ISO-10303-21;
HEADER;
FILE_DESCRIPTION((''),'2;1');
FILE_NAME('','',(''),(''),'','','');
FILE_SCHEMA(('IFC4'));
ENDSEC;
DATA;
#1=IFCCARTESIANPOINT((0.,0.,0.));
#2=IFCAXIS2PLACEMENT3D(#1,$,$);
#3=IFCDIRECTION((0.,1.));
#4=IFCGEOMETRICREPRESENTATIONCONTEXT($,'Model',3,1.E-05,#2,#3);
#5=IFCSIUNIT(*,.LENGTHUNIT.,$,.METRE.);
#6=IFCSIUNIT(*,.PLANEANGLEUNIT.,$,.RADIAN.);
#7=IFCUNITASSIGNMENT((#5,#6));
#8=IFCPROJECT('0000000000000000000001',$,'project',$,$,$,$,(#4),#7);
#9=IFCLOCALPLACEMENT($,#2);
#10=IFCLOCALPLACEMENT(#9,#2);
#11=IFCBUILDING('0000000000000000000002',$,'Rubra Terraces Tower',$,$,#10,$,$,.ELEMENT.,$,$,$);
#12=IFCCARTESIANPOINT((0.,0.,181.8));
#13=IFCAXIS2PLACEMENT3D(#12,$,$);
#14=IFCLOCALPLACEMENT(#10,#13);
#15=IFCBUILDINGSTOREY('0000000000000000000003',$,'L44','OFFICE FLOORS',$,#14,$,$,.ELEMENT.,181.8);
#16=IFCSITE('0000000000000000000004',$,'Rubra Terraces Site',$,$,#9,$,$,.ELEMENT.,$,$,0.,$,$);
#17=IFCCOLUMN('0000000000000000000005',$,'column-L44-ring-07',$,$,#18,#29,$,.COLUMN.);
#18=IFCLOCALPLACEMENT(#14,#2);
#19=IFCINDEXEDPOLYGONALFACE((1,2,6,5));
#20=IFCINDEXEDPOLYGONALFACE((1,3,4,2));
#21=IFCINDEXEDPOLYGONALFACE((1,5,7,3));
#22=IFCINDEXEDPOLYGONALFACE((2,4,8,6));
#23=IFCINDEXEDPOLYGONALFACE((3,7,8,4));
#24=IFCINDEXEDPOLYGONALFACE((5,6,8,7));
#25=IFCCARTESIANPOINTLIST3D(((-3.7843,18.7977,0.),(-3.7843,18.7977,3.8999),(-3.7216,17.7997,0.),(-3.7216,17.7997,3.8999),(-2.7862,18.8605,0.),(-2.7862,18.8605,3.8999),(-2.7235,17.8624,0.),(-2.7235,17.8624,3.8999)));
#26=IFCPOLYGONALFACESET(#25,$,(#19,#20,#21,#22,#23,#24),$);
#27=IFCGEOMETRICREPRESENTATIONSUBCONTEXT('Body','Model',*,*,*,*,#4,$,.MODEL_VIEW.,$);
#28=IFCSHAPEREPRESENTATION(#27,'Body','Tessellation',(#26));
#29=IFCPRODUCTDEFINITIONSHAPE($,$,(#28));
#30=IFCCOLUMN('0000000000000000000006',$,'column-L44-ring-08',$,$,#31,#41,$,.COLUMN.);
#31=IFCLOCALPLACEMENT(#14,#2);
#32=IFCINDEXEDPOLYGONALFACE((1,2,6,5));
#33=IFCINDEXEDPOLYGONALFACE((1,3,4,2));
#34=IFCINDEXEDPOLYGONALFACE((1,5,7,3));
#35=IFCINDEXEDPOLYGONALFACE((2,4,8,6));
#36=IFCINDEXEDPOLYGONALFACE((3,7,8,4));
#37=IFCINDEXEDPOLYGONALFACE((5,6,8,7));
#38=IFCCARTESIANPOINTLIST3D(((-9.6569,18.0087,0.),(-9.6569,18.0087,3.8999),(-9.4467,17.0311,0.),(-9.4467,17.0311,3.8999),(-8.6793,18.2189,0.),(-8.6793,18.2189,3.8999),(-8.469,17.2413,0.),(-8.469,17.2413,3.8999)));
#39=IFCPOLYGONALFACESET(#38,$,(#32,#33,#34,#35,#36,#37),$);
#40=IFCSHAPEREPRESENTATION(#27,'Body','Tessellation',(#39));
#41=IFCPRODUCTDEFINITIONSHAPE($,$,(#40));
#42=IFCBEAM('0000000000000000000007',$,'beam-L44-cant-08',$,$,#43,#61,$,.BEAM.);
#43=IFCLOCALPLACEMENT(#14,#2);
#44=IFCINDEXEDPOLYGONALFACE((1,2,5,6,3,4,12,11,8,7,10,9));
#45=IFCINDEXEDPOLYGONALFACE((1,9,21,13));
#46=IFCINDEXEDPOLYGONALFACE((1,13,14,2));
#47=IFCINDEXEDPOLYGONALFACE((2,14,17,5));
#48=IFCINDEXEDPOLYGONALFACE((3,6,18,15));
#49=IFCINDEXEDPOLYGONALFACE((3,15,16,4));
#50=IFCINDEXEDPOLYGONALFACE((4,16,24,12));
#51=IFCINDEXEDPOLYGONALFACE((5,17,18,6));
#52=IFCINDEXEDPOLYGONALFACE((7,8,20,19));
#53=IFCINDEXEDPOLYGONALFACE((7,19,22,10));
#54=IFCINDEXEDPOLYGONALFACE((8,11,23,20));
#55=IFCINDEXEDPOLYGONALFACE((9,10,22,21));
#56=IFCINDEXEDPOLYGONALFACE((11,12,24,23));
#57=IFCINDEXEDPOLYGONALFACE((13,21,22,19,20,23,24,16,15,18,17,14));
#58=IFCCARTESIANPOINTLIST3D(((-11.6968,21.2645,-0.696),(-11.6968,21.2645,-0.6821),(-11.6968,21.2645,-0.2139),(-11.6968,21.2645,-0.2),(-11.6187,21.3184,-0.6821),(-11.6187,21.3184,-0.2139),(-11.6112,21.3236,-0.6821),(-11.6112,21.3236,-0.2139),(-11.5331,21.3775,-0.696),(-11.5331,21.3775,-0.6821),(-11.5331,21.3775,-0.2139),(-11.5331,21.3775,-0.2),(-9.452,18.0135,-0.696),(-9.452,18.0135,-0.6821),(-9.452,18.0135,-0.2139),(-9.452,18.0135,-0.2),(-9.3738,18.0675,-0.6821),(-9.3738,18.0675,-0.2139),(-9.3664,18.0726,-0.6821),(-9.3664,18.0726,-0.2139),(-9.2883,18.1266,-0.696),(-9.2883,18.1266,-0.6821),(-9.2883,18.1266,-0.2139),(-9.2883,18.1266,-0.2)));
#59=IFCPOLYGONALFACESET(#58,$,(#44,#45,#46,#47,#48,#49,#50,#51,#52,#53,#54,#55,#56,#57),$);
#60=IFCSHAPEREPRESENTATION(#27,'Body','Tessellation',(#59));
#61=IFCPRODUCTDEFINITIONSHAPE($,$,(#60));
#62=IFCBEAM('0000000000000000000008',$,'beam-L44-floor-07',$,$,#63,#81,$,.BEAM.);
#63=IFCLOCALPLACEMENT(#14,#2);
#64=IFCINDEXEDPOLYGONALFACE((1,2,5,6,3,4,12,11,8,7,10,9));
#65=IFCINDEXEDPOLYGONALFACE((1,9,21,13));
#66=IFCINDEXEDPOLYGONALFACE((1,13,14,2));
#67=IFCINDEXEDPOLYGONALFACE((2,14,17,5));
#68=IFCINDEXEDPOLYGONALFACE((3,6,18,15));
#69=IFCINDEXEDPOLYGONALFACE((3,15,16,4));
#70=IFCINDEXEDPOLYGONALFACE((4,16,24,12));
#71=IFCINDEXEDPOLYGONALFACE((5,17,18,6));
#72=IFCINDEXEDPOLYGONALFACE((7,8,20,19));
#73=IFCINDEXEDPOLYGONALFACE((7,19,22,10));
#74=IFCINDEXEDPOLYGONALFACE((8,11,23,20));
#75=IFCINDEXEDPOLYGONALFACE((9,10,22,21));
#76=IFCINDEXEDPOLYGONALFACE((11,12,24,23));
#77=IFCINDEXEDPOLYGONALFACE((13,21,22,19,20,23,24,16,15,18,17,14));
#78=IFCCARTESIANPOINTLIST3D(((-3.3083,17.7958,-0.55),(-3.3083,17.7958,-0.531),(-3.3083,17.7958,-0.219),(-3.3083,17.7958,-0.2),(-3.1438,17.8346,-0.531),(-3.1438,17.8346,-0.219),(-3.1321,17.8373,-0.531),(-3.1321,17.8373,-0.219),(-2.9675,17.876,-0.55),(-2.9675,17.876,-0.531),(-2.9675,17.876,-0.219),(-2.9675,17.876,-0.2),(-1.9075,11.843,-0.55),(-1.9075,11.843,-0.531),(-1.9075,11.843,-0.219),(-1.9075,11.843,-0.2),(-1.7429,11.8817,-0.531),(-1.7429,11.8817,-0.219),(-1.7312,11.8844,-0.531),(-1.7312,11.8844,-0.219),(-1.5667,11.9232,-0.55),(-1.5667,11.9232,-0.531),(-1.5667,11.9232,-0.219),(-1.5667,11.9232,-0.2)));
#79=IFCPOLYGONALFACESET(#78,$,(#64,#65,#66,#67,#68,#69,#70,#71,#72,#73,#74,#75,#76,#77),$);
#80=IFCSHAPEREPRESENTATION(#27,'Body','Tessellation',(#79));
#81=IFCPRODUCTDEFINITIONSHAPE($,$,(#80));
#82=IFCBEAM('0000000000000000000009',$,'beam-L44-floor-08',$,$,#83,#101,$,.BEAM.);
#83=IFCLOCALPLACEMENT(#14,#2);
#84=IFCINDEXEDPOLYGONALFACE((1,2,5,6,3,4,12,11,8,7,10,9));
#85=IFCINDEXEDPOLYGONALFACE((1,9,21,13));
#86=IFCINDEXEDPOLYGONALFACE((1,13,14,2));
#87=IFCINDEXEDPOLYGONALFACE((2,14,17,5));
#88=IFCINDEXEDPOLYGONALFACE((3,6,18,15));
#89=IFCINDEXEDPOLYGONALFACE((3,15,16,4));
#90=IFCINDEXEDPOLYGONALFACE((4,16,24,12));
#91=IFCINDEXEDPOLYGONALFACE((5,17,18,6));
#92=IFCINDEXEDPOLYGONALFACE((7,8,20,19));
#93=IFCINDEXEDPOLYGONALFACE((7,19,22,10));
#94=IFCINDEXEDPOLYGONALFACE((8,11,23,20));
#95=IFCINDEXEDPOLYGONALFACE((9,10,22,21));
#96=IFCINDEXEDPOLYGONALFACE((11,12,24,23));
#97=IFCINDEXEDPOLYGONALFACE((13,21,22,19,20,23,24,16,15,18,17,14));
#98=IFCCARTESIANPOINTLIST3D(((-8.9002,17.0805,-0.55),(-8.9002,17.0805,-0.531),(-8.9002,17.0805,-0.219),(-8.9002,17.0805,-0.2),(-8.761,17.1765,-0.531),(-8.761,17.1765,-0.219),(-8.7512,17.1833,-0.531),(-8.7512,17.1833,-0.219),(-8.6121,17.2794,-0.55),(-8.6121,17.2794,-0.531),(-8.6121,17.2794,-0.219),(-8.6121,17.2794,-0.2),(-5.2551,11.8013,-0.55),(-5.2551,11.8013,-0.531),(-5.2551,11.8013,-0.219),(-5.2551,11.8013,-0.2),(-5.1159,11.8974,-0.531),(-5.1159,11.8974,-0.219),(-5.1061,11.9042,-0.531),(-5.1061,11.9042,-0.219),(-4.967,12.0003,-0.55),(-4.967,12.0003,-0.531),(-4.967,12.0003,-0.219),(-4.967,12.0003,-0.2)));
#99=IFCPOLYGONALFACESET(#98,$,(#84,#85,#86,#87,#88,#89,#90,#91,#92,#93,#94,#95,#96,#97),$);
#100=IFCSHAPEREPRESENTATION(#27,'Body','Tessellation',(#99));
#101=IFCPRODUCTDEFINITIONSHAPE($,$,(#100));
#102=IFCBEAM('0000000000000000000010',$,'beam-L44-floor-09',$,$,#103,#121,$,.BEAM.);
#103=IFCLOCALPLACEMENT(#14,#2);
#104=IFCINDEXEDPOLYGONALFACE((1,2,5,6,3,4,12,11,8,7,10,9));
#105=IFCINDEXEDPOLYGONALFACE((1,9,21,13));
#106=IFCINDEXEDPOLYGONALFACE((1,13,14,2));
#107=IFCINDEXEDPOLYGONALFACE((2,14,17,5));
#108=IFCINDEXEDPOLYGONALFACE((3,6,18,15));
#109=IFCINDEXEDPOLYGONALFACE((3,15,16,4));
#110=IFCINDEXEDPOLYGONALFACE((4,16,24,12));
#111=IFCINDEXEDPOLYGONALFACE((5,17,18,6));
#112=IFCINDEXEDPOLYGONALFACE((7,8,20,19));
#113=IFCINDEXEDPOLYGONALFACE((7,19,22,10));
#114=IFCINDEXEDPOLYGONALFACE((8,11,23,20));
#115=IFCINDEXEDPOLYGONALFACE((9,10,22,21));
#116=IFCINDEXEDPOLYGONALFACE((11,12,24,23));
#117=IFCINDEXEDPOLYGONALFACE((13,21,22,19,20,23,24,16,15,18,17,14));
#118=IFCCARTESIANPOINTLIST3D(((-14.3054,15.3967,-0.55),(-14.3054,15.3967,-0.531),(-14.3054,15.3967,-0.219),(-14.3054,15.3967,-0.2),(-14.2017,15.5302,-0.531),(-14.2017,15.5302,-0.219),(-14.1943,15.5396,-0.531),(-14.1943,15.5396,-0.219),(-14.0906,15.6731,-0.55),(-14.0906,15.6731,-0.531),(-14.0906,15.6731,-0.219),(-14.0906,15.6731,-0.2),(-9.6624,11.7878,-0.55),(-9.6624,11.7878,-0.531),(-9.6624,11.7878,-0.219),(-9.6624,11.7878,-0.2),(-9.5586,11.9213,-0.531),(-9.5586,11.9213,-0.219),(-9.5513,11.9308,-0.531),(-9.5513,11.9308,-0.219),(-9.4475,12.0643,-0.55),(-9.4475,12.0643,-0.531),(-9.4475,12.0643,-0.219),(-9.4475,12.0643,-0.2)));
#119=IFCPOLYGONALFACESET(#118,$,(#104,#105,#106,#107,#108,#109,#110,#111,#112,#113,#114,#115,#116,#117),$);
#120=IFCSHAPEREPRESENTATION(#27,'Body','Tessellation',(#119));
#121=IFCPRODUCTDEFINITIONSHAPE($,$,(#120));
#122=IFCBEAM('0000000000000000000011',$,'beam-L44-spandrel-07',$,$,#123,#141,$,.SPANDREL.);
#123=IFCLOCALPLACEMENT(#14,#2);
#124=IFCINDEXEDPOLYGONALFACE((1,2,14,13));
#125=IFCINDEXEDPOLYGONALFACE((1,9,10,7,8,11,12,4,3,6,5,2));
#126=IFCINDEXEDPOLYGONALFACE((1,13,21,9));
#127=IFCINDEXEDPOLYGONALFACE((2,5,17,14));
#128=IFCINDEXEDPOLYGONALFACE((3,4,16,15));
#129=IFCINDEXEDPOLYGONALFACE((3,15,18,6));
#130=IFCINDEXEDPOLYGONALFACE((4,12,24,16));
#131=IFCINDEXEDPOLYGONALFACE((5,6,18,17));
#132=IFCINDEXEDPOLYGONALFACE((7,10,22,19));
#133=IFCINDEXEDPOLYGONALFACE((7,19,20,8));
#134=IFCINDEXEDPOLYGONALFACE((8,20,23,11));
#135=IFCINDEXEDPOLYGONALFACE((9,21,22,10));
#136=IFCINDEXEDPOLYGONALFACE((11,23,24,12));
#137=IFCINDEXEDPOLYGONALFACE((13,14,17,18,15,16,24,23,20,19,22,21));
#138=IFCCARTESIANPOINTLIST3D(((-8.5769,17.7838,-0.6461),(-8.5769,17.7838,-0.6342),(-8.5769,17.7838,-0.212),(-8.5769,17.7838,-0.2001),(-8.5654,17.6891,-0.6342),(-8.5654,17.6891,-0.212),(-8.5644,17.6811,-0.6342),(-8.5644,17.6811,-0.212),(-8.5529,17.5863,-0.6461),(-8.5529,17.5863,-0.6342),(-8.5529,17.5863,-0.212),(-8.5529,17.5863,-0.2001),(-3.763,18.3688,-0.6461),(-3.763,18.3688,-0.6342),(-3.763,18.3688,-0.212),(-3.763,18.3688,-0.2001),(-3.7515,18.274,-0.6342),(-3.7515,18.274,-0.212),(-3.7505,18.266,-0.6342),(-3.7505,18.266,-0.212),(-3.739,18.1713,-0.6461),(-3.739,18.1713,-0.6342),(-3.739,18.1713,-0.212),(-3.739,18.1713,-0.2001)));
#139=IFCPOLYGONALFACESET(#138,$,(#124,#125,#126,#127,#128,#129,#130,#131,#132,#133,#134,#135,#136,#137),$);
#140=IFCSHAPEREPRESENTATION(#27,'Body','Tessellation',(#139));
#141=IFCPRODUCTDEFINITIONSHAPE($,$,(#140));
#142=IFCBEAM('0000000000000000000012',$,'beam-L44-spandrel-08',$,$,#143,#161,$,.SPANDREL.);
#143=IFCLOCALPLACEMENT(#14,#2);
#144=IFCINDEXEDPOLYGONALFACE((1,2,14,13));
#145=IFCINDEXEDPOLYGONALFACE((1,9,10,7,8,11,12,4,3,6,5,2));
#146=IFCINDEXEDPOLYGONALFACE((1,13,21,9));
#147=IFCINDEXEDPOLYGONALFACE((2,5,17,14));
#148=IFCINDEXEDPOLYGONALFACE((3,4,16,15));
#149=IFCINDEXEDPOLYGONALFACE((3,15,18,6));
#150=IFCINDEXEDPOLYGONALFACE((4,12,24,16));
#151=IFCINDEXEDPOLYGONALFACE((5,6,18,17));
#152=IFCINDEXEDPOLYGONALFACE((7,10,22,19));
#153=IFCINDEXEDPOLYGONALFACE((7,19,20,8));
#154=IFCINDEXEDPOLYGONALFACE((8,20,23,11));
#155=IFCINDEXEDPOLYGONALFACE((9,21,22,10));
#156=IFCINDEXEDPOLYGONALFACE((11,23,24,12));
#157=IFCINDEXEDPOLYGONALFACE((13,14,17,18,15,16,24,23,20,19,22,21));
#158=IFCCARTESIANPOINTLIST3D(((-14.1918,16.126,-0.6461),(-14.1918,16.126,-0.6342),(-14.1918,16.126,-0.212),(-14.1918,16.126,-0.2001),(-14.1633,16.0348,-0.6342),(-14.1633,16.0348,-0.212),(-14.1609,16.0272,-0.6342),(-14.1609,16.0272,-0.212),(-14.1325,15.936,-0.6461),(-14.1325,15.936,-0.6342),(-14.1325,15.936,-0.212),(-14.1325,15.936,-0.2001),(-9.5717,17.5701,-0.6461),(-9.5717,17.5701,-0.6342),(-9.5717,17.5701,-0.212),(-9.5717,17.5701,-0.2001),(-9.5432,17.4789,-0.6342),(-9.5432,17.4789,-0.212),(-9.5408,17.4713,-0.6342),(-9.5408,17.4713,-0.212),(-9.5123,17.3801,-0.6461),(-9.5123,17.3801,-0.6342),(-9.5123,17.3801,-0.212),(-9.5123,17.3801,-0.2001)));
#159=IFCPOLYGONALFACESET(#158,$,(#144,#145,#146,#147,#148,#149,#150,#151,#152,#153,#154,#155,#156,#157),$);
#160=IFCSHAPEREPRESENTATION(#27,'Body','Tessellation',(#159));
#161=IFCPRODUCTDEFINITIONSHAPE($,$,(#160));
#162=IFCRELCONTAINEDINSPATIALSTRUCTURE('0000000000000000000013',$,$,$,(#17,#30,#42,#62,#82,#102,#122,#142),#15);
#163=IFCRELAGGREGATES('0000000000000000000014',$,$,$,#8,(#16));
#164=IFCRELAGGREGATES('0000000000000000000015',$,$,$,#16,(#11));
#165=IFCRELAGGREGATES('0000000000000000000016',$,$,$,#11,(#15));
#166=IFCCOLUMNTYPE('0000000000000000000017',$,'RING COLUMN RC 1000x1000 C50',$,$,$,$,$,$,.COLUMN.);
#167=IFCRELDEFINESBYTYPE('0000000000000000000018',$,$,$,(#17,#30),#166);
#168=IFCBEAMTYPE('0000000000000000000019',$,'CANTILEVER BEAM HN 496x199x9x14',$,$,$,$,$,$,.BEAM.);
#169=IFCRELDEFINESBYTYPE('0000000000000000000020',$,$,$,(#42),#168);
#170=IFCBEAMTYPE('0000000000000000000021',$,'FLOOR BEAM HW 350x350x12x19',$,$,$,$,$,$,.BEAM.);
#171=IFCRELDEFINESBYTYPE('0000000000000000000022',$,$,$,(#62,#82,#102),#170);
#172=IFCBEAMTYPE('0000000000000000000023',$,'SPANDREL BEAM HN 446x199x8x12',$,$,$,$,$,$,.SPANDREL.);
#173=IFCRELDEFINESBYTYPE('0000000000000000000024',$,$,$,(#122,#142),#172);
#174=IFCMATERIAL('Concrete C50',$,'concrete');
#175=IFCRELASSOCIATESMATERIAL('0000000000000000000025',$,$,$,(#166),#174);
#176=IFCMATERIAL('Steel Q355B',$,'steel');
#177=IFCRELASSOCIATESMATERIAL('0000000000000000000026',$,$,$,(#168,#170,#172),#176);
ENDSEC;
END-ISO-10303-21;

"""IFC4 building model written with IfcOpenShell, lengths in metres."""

from ifc_helpers import new_model, si_unit, direction, frame, origin, origin_2d, place, context, subcontext, project, spatial, rectangle, i_section, extrude, material, material_profile, profile_set, type_object, element, save


model = new_model("IFC4")

# Units and contexts
model_context = context("Model", 3, precision=1e-05, world=origin(), true_north=direction((0.0, 1.0)))
body_context = subcontext(model_context, "Body", "Model", "MODEL_VIEW")
ifc_project = project(units=[si_unit("LENGTHUNIT", "METRE"), si_unit("PLANEANGLEUNIT", "RADIAN")], contexts=[model_context])

# Site, building, storey
site_placement = place(None, origin())
site = spatial("IfcSite", under=ifc_project, at=site_placement, Name="Rubra Terraces Site", CompositionType="ELEMENT", RefElevation=0.0)
building_placement = place(site_placement, origin())
building = spatial("IfcBuilding", under=site, at=building_placement, Name="Rubra Terraces Tower", CompositionType="ELEMENT")
storey_placement = place(building_placement, frame((0.0, 0.0, 181.8)))
storey = spatial("IfcBuildingStorey", under=building, at=storey_placement, Name="L44", Description="OFFICE FLOORS", CompositionType="ELEMENT", Elevation=181.8)

# Columns
ifc_material_1 = material(Name="Concrete C50", Category="concrete")
ifc_material_profile_1 = material_profile(ifc_material_1, rectangle(XDim=1.0, YDim=1.0, at=origin_2d()), Name="RC 1000x1000")
ifc_profile_set_1 = profile_set([ifc_material_profile_1], Name="Concrete C50")
column_type = type_object("IfcColumnType", Name="RING COLUMN RC 1000x1000 C50", PredefinedType="COLUMN", material=ifc_profile_set_1)
for number, where, z_axis, x_axis, name in (
    (1, (-3.2539, 18.3301, 0.0), (0.0, 0.0, 1.0), (-0.998032, -0.062714, 0.0), "column-L44-ring-07"),
    (2, (-9.063, 17.625, 0.0), (0.0, 0.0, 1.0), (-0.977653, -0.210227, 0.0), "column-L44-ring-08"),
):
    element("IfcColumn", number, at=place(storey_placement, frame(where, z_axis=z_axis, x_axis=x_axis)), inside=storey, type_object=column_type, Name=name, PredefinedType="COLUMN", context=body_context, shape_type="SweptSolid", body=[
        extrude(rectangle(XDim=1.0, YDim=1.0, at=origin_2d()), origin(), (0.0, 0.0, 1.0), 3.8999),
    ])

# Beams
ifc_material_2 = material(Name="Steel Q355B", Category="steel")
ifc_material_profile_2 = material_profile(ifc_material_2, i_section(OverallWidth=0.199, OverallDepth=0.4961, WebThickness=0.009, FlangeThickness=0.0139, at=origin_2d()), Name="HN 496x199x9x14")
ifc_profile_set_2 = profile_set([ifc_material_profile_2], Name="Steel Q355B")
beam_type_1 = type_object("IfcBeamType", Name="CANTILEVER BEAM HN 496x199x9x14", PredefinedType="BEAM", material=ifc_profile_set_2)
beam_1_placement = place(storey_placement, frame((-9.3701, 18.0701, -0.448), z_axis=(-0.568217, 0.822879, 0.0), x_axis=(-0.822879, -0.568217, 0.0)))
element("IfcBeam", 3, at=beam_1_placement, inside=storey, type_object=beam_type_1, Name="beam-L44-cant-08", PredefinedType="BEAM", context=body_context, shape_type="SweptSolid", body=[
    extrude(i_section(OverallWidth=0.199, OverallDepth=0.4961, WebThickness=0.009, FlangeThickness=0.0139, at=origin_2d()), origin(), (0.0, 0.0, 1.0), 3.9507),
])
ifc_material_profile_3 = material_profile(ifc_material_2, i_section(OverallWidth=0.3501, OverallDepth=0.3501, WebThickness=0.012, FlangeThickness=0.019, at=origin_2d()), Name="HW 350x350x12x19")
ifc_profile_set_3 = profile_set([ifc_material_profile_3], Name="Steel Q355B")
beam_type_2 = type_object("IfcBeamType", Name="FLOOR BEAM HW 350x350x12x19", PredefinedType="BEAM", material=ifc_profile_set_3)
beam_2_placement = place(storey_placement, frame((-3.1379, 17.8359, -0.375), z_axis=(0.22907, -0.97341, 0.0), x_axis=(0.97341, 0.22907, 0.0)))
element("IfcBeam", 4, at=beam_2_placement, inside=storey, type_object=beam_type_2, Name="beam-L44-floor-07", PredefinedType="BEAM", context=body_context, shape_type="SweptSolid", body=[
    extrude(i_section(OverallWidth=0.3501, OverallDepth=0.3501, WebThickness=0.012, FlangeThickness=0.019, at=origin_2d()), origin(), (0.0, 0.0, 1.0), 6.1155),
])
beam_3_placement = place(storey_placement, frame((-8.7561, 17.1799, -0.375), z_axis=(0.568186, -0.8229, 0.0), x_axis=(0.8229, 0.568186, 0.0)))
element("IfcBeam", 5, at=beam_3_placement, inside=storey, type_object=beam_type_2, Name="beam-L44-floor-08", PredefinedType="BEAM", context=body_context, shape_type="SweptSolid", body=[
    extrude(i_section(OverallWidth=0.3501, OverallDepth=0.3501, WebThickness=0.012, FlangeThickness=0.019, at=origin_2d()), origin(), (0.0, 0.0, 1.0), 6.4153),
])
beam_4_placement = place(storey_placement, frame((-14.198, 15.5349, -0.375), z_axis=(0.789549, -0.613688, 0.0), x_axis=(0.613688, 0.789549, 0.0)))
element("IfcBeam", 6, at=beam_4_placement, inside=storey, type_object=beam_type_2, Name="beam-L44-floor-09", PredefinedType="BEAM", context=body_context, shape_type="SweptSolid", body=[
    extrude(i_section(OverallWidth=0.3501, OverallDepth=0.3501, WebThickness=0.012, FlangeThickness=0.019, at=origin_2d()), origin(), (0.0, 0.0, 1.0), 5.8806),
])
ifc_material_profile_4 = material_profile(ifc_material_2, i_section(OverallWidth=0.199, OverallDepth=0.446, WebThickness=0.0081, FlangeThickness=0.012, at=origin_2d()), Name="HN 446x199x8x12")
ifc_profile_set_4 = profile_set([ifc_material_profile_4], Name="Steel Q355B")
beam_type_3 = type_object("IfcBeamType", Name="SPANDREL BEAM HN 446x199x8x12", PredefinedType="SPANDREL", material=ifc_profile_set_4)
beam_5_placement = place(storey_placement, frame((-3.751, 18.27, -0.4231), z_axis=(-0.992698, -0.120626, 0.0), x_axis=(0.120626, -0.992698, 0.0)))
element("IfcBeam", 7, at=beam_5_placement, inside=storey, type_object=beam_type_3, Name="beam-L44-spandrel-07", PredefinedType="SPANDREL", context=body_context, shape_type="SweptSolid", body=[
    extrude(i_section(OverallWidth=0.199, OverallDepth=0.446, WebThickness=0.0081, FlangeThickness=0.012, at=origin_2d()), origin(), (0.0, 0.0, 1.0), 4.8494),
])
beam_6_placement = place(storey_placement, frame((-9.542, 17.4751, -0.4231), z_axis=(-0.954462, -0.298332, 0.0), x_axis=(0.298332, -0.954462, 0.0)))
element("IfcBeam", 8, at=beam_6_placement, inside=storey, type_object=beam_type_3, Name="beam-L44-spandrel-08", PredefinedType="SPANDREL", context=body_context, shape_type="SweptSolid", body=[
    extrude(i_section(OverallWidth=0.199, OverallDepth=0.446, WebThickness=0.0081, FlangeThickness=0.012, at=origin_2d()), origin(), (0.0, 0.0, 1.0), 4.8406),
])

save(model, "model.ifc")
